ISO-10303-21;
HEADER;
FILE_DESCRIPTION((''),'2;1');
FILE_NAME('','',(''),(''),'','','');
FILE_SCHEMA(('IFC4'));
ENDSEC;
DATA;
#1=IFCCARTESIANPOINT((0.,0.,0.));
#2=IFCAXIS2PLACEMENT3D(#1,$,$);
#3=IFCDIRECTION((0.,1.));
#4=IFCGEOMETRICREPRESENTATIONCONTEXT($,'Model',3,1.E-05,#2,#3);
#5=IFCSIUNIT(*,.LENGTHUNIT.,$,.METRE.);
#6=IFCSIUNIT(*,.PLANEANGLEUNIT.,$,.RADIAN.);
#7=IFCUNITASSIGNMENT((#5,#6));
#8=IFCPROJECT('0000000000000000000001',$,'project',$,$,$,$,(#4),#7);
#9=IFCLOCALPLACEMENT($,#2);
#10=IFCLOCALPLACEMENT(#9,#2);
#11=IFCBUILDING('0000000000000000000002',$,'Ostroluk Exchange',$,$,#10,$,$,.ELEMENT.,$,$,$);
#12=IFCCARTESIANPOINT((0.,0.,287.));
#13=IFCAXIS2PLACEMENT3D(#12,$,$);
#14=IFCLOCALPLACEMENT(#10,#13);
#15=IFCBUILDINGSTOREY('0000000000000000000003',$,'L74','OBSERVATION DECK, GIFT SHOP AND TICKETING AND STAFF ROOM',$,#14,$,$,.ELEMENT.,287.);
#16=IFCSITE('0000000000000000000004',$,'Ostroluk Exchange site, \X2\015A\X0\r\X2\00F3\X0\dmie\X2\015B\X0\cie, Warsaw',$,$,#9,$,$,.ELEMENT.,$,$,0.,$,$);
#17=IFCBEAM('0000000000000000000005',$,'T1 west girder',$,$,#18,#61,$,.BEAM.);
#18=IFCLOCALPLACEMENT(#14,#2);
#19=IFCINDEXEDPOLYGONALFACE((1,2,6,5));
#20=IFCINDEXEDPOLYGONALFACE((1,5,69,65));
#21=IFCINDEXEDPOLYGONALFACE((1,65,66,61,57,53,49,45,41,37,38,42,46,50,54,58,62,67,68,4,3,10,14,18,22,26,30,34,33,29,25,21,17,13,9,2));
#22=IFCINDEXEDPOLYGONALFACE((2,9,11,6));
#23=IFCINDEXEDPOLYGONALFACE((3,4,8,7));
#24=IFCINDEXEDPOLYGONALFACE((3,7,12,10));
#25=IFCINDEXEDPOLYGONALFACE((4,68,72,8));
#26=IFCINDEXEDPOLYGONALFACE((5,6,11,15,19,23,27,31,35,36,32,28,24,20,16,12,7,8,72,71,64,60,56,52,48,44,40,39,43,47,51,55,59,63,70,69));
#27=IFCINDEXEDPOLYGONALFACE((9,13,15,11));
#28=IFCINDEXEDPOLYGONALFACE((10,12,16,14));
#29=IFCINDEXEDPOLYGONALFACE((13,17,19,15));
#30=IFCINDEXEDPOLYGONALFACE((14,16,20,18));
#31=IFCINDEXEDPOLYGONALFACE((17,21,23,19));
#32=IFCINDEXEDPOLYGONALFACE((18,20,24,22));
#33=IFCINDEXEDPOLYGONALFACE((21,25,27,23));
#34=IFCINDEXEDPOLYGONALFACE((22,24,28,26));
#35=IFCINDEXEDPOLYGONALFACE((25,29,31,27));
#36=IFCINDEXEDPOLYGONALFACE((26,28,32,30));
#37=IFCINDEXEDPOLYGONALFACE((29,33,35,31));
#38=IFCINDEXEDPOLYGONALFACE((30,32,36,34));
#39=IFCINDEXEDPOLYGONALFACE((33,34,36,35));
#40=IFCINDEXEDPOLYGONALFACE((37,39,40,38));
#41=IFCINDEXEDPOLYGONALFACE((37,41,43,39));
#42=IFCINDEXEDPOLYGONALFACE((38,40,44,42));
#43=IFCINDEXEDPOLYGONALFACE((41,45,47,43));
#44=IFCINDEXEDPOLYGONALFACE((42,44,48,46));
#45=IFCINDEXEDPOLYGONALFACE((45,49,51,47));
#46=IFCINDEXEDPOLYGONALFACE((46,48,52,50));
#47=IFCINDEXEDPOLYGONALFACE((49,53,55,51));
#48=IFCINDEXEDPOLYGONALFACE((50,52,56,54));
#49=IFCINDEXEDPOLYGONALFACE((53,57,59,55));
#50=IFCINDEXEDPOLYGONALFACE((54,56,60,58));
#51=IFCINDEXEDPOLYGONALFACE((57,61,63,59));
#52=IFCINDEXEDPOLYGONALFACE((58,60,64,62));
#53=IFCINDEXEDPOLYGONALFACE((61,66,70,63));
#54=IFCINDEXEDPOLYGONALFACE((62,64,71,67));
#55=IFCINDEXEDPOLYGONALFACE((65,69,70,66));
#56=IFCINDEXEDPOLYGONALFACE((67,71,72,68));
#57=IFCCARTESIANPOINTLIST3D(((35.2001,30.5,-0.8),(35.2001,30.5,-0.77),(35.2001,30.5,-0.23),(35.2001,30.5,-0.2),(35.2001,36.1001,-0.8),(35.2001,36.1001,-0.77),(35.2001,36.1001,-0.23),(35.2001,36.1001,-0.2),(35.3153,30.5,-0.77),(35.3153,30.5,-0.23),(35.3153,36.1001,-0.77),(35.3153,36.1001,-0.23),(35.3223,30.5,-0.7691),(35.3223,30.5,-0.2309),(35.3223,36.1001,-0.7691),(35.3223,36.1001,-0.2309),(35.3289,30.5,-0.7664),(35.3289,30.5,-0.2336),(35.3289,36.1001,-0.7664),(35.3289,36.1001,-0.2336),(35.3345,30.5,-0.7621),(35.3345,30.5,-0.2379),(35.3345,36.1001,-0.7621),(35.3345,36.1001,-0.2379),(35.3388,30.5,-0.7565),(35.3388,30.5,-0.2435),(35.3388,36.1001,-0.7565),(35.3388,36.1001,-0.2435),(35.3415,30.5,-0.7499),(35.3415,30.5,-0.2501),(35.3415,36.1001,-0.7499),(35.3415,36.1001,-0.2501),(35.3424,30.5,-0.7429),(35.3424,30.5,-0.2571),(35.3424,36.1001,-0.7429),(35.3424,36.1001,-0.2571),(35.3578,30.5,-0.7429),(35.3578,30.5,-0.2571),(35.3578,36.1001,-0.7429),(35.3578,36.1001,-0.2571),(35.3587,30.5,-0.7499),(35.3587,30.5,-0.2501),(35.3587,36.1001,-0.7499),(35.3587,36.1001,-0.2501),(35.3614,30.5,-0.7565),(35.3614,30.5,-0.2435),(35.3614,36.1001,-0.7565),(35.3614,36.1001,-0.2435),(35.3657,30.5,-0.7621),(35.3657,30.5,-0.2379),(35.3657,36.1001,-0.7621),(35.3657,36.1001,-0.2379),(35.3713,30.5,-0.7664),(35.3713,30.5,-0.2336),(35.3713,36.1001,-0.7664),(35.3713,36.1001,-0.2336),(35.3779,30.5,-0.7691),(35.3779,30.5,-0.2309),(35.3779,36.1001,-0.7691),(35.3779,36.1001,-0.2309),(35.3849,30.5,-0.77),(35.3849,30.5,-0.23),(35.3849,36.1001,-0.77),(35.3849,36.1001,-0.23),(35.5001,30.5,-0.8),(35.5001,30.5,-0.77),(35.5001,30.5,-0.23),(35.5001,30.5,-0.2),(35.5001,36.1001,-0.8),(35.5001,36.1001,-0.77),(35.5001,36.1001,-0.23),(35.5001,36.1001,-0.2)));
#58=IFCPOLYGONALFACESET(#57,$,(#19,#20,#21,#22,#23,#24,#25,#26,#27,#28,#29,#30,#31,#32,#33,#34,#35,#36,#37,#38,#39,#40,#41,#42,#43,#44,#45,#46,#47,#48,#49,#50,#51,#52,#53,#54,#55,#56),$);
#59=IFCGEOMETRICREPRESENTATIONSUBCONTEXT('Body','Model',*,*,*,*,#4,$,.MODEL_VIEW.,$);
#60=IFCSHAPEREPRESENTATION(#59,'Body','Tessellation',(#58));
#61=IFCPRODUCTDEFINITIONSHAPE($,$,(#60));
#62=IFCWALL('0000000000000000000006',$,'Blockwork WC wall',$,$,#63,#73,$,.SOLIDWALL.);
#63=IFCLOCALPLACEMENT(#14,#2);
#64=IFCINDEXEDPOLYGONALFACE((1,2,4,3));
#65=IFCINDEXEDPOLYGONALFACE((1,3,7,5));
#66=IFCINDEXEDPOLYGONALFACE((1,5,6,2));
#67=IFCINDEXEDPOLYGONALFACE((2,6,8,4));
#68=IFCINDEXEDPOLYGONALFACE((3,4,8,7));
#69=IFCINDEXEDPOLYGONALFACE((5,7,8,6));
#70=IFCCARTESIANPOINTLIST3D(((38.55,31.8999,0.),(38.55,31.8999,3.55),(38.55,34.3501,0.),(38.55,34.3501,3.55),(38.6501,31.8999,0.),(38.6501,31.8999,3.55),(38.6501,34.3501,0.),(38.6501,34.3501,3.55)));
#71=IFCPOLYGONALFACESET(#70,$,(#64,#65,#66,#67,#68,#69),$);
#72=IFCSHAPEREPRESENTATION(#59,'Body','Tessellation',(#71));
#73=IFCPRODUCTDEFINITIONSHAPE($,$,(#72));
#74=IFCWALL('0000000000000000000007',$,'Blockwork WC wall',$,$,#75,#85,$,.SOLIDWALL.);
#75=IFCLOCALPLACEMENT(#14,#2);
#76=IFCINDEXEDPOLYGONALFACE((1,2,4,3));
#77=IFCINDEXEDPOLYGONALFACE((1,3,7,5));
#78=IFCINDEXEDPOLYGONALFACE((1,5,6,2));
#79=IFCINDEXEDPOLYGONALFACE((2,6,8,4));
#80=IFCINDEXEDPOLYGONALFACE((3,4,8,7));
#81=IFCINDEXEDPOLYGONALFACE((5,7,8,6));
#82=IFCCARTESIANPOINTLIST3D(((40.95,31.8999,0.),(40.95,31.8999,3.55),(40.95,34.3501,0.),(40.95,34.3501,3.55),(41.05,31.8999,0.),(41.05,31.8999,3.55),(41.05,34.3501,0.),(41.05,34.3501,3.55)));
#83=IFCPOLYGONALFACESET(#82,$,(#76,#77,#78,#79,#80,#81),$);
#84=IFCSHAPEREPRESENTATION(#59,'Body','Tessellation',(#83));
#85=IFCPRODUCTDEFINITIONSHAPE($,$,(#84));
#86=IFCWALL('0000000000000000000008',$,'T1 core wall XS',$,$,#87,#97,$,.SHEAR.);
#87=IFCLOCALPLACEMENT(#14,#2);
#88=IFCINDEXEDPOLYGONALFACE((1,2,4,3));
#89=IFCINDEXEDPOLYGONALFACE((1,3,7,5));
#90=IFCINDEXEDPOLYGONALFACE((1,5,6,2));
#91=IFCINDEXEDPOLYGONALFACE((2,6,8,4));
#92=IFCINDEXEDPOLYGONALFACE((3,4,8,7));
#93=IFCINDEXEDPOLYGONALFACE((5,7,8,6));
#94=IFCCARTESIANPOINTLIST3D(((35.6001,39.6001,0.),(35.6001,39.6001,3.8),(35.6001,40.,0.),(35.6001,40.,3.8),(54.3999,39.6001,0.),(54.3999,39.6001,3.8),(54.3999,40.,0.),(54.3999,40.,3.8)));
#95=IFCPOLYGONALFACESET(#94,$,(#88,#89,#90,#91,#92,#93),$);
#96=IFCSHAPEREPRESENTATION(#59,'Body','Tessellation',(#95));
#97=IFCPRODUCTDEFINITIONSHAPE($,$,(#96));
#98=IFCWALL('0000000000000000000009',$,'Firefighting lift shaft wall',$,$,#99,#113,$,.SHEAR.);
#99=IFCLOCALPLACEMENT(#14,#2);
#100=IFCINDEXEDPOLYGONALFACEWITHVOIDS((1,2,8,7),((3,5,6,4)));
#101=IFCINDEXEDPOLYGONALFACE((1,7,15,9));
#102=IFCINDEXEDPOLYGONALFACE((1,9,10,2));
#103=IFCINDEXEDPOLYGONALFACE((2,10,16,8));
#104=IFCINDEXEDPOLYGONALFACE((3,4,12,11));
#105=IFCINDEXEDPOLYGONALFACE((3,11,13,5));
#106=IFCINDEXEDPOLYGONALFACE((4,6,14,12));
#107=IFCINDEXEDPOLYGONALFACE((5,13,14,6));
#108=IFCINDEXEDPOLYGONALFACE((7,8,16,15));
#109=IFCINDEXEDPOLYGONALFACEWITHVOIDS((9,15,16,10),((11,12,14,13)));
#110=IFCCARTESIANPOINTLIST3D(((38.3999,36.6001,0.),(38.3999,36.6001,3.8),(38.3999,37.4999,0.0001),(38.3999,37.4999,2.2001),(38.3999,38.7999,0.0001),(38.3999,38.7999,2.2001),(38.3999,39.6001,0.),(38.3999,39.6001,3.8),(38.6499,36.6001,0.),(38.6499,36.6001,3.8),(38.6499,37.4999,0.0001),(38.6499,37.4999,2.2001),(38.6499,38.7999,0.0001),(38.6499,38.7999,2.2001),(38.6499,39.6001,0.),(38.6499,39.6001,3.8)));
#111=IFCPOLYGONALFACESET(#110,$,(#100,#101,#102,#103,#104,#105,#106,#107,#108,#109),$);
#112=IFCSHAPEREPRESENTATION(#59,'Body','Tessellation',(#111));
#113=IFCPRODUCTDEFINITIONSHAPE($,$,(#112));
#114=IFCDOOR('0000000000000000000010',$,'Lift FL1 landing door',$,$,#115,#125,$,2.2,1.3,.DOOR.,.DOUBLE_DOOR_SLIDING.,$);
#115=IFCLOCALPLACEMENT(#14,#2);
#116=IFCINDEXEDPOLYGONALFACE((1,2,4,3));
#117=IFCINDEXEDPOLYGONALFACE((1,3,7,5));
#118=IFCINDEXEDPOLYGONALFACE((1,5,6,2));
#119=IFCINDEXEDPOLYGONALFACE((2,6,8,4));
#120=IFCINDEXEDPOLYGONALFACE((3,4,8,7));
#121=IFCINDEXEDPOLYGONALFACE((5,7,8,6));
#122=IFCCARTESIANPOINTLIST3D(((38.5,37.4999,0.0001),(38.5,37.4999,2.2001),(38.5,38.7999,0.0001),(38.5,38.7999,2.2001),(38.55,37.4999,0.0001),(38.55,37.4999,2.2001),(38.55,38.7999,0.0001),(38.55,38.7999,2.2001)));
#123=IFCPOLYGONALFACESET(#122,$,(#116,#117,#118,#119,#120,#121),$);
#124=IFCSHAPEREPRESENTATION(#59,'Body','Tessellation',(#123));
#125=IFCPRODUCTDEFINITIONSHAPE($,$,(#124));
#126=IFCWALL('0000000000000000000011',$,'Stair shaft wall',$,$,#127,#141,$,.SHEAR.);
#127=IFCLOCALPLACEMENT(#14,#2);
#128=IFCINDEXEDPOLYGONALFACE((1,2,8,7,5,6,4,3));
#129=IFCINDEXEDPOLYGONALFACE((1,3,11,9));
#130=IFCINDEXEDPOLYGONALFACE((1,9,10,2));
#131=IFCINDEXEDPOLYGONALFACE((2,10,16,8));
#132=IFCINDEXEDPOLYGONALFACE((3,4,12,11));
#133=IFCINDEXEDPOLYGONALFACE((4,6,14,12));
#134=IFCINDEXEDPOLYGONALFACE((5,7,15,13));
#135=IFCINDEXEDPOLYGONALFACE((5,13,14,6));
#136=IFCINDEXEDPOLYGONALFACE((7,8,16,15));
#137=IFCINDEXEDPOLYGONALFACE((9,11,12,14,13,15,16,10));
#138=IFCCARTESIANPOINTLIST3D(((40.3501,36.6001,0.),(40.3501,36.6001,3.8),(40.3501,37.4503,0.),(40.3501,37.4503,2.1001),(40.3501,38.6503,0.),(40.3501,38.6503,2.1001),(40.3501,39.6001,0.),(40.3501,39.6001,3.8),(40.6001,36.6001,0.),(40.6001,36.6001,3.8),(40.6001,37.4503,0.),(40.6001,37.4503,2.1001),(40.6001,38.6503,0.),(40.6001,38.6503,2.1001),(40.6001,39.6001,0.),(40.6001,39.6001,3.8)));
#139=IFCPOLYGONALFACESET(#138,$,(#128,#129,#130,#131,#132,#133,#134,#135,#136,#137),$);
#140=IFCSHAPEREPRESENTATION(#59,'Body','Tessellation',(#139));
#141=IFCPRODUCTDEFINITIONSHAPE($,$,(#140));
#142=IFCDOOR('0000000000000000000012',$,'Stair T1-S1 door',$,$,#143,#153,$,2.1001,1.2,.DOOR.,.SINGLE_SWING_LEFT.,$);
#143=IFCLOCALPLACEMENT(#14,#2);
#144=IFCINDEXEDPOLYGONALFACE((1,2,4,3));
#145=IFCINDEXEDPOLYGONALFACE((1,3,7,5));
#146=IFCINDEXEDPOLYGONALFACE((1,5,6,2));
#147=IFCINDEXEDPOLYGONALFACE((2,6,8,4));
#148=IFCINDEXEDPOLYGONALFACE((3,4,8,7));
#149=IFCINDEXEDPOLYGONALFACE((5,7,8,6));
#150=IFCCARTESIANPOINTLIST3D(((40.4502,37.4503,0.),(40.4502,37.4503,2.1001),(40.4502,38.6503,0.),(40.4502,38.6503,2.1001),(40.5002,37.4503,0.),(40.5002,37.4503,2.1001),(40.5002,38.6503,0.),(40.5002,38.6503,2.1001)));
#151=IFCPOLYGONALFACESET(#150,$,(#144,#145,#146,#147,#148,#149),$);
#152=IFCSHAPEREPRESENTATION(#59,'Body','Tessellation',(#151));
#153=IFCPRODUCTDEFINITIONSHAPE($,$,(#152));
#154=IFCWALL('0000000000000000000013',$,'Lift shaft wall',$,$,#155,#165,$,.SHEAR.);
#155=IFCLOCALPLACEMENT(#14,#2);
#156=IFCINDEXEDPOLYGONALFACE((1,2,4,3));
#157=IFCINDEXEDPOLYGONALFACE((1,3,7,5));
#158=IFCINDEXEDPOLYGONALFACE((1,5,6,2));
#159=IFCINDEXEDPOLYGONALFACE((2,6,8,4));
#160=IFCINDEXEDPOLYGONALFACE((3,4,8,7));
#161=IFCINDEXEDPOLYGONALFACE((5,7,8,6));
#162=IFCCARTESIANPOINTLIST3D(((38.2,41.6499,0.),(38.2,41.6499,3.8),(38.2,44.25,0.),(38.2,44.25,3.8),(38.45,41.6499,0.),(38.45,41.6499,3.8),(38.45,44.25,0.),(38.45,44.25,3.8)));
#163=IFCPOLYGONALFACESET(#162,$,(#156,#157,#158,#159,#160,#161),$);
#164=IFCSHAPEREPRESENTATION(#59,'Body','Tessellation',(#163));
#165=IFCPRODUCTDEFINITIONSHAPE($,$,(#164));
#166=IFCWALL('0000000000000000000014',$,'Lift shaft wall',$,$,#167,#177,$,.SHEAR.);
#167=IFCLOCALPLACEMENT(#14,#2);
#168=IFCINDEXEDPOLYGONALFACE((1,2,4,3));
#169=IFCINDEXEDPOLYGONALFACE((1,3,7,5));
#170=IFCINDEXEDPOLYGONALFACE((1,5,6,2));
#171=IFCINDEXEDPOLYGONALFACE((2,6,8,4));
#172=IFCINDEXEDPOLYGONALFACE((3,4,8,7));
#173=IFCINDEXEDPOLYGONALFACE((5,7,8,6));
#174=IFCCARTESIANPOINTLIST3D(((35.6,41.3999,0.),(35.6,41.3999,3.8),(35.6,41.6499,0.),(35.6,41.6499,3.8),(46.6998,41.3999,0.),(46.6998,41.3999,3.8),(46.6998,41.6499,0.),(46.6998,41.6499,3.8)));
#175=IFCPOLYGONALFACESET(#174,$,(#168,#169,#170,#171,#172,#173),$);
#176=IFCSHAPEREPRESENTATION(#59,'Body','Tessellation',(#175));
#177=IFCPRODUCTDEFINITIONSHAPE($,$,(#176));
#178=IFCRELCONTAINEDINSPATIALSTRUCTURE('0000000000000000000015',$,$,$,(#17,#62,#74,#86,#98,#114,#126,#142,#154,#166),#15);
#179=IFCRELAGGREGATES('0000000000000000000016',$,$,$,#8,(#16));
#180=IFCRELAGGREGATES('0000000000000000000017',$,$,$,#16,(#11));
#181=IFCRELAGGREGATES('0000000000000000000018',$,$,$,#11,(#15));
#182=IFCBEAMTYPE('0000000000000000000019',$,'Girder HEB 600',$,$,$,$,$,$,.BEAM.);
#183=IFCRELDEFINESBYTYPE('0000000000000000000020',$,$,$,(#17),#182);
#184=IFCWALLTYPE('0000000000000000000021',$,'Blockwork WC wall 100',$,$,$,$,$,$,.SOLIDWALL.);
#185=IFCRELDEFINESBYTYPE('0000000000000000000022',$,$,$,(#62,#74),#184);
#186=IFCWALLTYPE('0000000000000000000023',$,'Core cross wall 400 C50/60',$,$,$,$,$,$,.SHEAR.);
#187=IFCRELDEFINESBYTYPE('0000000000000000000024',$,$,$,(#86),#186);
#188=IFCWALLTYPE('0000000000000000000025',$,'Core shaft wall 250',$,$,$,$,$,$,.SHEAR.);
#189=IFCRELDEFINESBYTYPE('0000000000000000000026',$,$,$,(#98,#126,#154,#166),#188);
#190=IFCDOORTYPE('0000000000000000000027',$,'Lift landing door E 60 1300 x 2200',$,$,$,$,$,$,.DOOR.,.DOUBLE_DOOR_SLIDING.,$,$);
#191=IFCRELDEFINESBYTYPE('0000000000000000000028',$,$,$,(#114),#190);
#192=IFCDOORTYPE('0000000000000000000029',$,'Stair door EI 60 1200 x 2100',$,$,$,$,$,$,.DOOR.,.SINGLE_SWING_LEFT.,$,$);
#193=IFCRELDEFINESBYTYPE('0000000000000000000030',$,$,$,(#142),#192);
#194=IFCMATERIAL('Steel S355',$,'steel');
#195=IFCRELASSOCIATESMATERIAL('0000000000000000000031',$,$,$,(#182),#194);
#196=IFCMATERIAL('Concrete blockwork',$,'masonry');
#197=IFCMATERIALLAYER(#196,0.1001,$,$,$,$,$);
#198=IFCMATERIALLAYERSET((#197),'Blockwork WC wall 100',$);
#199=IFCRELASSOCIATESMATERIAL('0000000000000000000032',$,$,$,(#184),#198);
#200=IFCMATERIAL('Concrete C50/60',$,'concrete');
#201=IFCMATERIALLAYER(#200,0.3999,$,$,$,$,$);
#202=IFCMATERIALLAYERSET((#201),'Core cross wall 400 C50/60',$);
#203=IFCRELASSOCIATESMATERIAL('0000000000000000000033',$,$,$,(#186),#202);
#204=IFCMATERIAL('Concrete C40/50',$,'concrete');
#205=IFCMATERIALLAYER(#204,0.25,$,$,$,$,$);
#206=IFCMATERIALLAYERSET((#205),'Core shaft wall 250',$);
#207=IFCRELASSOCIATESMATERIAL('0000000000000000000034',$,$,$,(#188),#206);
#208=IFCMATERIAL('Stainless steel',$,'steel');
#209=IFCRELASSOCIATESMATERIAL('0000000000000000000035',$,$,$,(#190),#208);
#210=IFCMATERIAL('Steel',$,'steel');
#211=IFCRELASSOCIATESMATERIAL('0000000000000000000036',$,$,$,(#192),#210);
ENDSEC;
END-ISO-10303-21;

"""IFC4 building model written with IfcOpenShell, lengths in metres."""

from ifc_helpers import new_model, si_unit, direction, frame, frame_2d, origin, origin_2d, place, context, subcontext, project, spatial, rectangle, i_section, extrude, material, layer, layer_set, material_profile, profile_set, type_object, element, fill, save


model = new_model("IFC4")

# Units and contexts
model_context = context("Model", 3, precision=1e-05, world=origin(), true_north=direction((0.0, 1.0)))
body_context = subcontext(model_context, "Body", "Model", "MODEL_VIEW")
ifc_project = project(units=[si_unit("LENGTHUNIT", "METRE"), si_unit("PLANEANGLEUNIT", "RADIAN")], contexts=[model_context])

# Site, building, storey
site_placement = place(None, origin())
site = spatial("IfcSite", under=ifc_project, at=site_placement, Name="Ostroluk Exchange site, Śródmieście, Warsaw", CompositionType="ELEMENT", RefElevation=0.0)
building_placement = place(site_placement, origin())
building = spatial("IfcBuilding", under=site, at=building_placement, Name="Ostroluk Exchange", CompositionType="ELEMENT")
storey_placement = place(building_placement, frame((0.0, 0.0, 287.0)))
storey = spatial("IfcBuildingStorey", under=building, at=storey_placement, Name="L74", Description="OBSERVATION DECK, GIFT SHOP AND TICKETING AND STAFF ROOM", CompositionType="ELEMENT", Elevation=287.0)

# Beam
ifc_material_1 = material(Name="Steel S355", Category="steel")
ifc_material_profile_1 = material_profile(ifc_material_1, i_section(OverallWidth=0.3, OverallDepth=0.6001, WebThickness=0.0154, FlangeThickness=0.03, FilletRadius=0.0271, at=origin_2d()), Name="HEB 600")
ifc_profile_set_1 = profile_set([ifc_material_profile_1], Name="Steel S355")
beam_type_1 = type_object("IfcBeamType", Name="Girder HEB 600", PredefinedType="BEAM", material=ifc_profile_set_1)
beam_1_placement = place(storey_placement, frame((35.3501, 36.1001, -0.5), z_axis=(0.0, -1.0, 0.0), x_axis=(1.0, 0.0, 0.0)))
element("IfcBeam", 1, at=beam_1_placement, inside=storey, type_object=beam_type_1, Name="T1 west girder", PredefinedType="BEAM", context=body_context, shape_type="SweptSolid", body=[
    extrude(i_section(OverallWidth=0.3, OverallDepth=0.6001, WebThickness=0.0154, FlangeThickness=0.03, FilletRadius=0.0271, at=origin_2d()), origin(), (0.0, 0.0, 1.0), 5.6001),
])

# Walls
ifc_material_2 = material(Name="Concrete blockwork", Category="masonry")
ifc_layer_1 = layer(ifc_material_2, 0.1001)
ifc_layer_set_1 = layer_set([ifc_layer_1], Name="Blockwork WC wall 100")
wall_type_1 = type_object("IfcWallType", Name="Blockwork WC wall 100", PredefinedType="SOLIDWALL", material=ifc_layer_set_1)
for number, where, z_axis, x_axis, name in (
    (2, (38.6001, 34.3501, 0.0), (0.0, 0.0, 1.0), (0.0, -1.0, 0.0), "Blockwork WC wall"),
    (3, (41.0, 34.3501, 0.0), (0.0, 0.0, 1.0), (0.0, -1.0, 0.0), "Blockwork WC wall"),
):
    element("IfcWall", number, at=place(storey_placement, frame(where, z_axis=z_axis, x_axis=x_axis)), inside=storey, type_object=wall_type_1, Name=name, PredefinedType="SOLIDWALL", context=body_context, shape_type="SweptSolid", body=[
        extrude(rectangle(XDim=2.4502, YDim=0.1001, at=frame_2d((1.2251, 0.0))), origin(), (0.0, 0.0, 1.0), 3.55),
    ])
ifc_material_3 = material(Name="Concrete C50/60", Category="concrete")
ifc_layer_2 = layer(ifc_material_3, 0.3999)
ifc_layer_set_2 = layer_set([ifc_layer_2], Name="Core cross wall 400 C50/60")
wall_type_2 = type_object("IfcWallType", Name="Core cross wall 400 C50/60", PredefinedType="SHEAR", material=ifc_layer_set_2)
wall_1_placement = place(storey_placement, frame((35.6001, 39.8, 0.0), z_axis=(0.0, 0.0, 1.0), x_axis=(1.0, 0.0, 0.0)))
element("IfcWall", 4, at=wall_1_placement, inside=storey, type_object=wall_type_2, Name="T1 core wall XS", PredefinedType="SHEAR", context=body_context, shape_type="SweptSolid", body=[
    extrude(rectangle(XDim=18.7998, YDim=0.3999, at=frame_2d((9.3999, 0.0))), origin(), (0.0, 0.0, 1.0), 3.8),
])

# Walls, openings, doors
ifc_material_4 = material(Name="Concrete C40/50", Category="concrete")
ifc_layer_3 = layer(ifc_material_4, 0.25)
ifc_layer_set_3 = layer_set([ifc_layer_3], Name="Core shaft wall 250")
wall_type_3 = type_object("IfcWallType", Name="Core shaft wall 250", PredefinedType="SHEAR", material=ifc_layer_set_3)
wall_2_placement = place(storey_placement, frame((38.5249, 36.6001, 0.0), z_axis=(0.0, 0.0, 1.0), x_axis=(0.0, 1.0, 0.0)))
wall_2 = element("IfcWall", 5, at=wall_2_placement, inside=storey, type_object=wall_type_3, Name="Firefighting lift shaft wall", PredefinedType="SHEAR", context=body_context, shape_type="SweptSolid", body=[
    extrude(rectangle(XDim=3.0, YDim=0.25, at=frame_2d((1.5, 0.0))), origin(), (0.0, 0.0, 1.0), 3.8),
])
opening_1_placement = place(wall_2_placement, frame((0.8999, 0.0, 0.0)))
opening_1 = element("IfcOpeningElement", 6, at=opening_1_placement, cuts=wall_2, PredefinedType="OPENING", context=body_context, shape_type="SweptSolid", body=[
    extrude(rectangle(XDim=1.3, YDim=2.2, at=frame_2d((0.6499, 1.1001))), frame((0.0, 0.135, 0.0), z_axis=(0.0, -1.0, 0.0), x_axis=(1.0, 0.0, 0.0)), (0.0, 0.0, 1.0), 0.27),
])
ifc_material_5 = material(Name="Stainless steel", Category="steel")
door_type_1 = type_object("IfcDoorType", Name="Lift landing door E 60 1300 x 2200", OperationType="DOUBLE_DOOR_SLIDING", PredefinedType="DOOR", material=ifc_material_5)
door_1_placement = place(opening_1_placement, origin())
door_1 = element("IfcDoor", 7, at=door_1_placement, inside=storey, type_object=door_type_1, Name="Lift FL1 landing door", OperationType="DOUBLE_DOOR_SLIDING", OverallHeight=2.2, OverallWidth=1.3, PredefinedType="DOOR", context=body_context, shape_type="SweptSolid", body=[
    extrude(rectangle(XDim=1.3, YDim=2.2, at=frame_2d((0.6499, 1.1001))), frame((0.0, 0.0249, 0.0), z_axis=(0.0, -1.0, 0.0), x_axis=(1.0, 0.0, 0.0)), (0.0, 0.0, 1.0), 0.05),
])
fill(opening_1, door_1)
wall_3_placement = place(storey_placement, frame((40.4751, 36.6001, 0.0), z_axis=(0.0, 0.0, 1.0), x_axis=(0.0, 1.0, 0.0)))
wall_3 = element("IfcWall", 8, at=wall_3_placement, inside=storey, type_object=wall_type_3, Name="Stair shaft wall", PredefinedType="SHEAR", context=body_context, shape_type="SweptSolid", body=[
    extrude(rectangle(XDim=3.0, YDim=0.25, at=frame_2d((1.5, 0.0))), origin(), (0.0, 0.0, 1.0), 3.8),
])
opening_2_placement = place(wall_3_placement, frame((0.8501, 0.0, 0.0)))
opening_2 = element("IfcOpeningElement", 9, at=opening_2_placement, cuts=wall_3, PredefinedType="OPENING", context=body_context, shape_type="SweptSolid", body=[
    extrude(rectangle(XDim=1.2, YDim=2.1001, at=frame_2d((0.6001, 1.05))), frame((0.0, 0.135, 0.0), z_axis=(0.0, -1.0, 0.0), x_axis=(1.0, 0.0, 0.0)), (0.0, 0.0, 1.0), 0.27),
])
ifc_material_6 = material(Name="Steel", Category="steel")
door_type_2 = type_object("IfcDoorType", Name="Stair door EI 60 1200 x 2100", OperationType="SINGLE_SWING_LEFT", PredefinedType="DOOR", material=ifc_material_6)
door_2_placement = place(opening_2_placement, origin())
door_2 = element("IfcDoor", 10, at=door_2_placement, inside=storey, type_object=door_type_2, Name="Stair T1-S1 door", OperationType="SINGLE_SWING_LEFT", OverallHeight=2.1001, OverallWidth=1.2, PredefinedType="DOOR", context=body_context, shape_type="SweptSolid", body=[
    extrude(rectangle(XDim=1.2, YDim=2.1001, at=frame_2d((0.6001, 1.05))), frame((0.0, 0.0249, 0.0), z_axis=(0.0, -1.0, 0.0), x_axis=(1.0, 0.0, 0.0)), (0.0, 0.0, 1.0), 0.05),
])
fill(opening_2, door_2)

# Walls
wall_4_placement = place(storey_placement, frame((38.325, 44.25, 0.0), z_axis=(0.0, 0.0, 1.0), x_axis=(0.0, -1.0, 0.0)))
element("IfcWall", 11, at=wall_4_placement, inside=storey, type_object=wall_type_3, Name="Lift shaft wall", PredefinedType="SHEAR", context=body_context, shape_type="SweptSolid", body=[
    extrude(rectangle(XDim=2.6001, YDim=0.25, at=frame_2d((1.3, 0.0))), origin(), (0.0, 0.0, 1.0), 3.8),
])
wall_5_placement = place(storey_placement, frame((35.6001, 41.5249, 0.0), z_axis=(0.0, 0.0, 1.0), x_axis=(1.0, 0.0, 0.0)))
element("IfcWall", 12, at=wall_5_placement, inside=storey, type_object=wall_type_3, Name="Lift shaft wall", PredefinedType="SHEAR", context=body_context, shape_type="SweptSolid", body=[
    extrude(rectangle(XDim=11.0999, YDim=0.25, at=frame_2d((5.5498, 0.0))), origin(), (0.0, 0.0, 1.0), 3.8),
])

save(model, "model.ifc")
